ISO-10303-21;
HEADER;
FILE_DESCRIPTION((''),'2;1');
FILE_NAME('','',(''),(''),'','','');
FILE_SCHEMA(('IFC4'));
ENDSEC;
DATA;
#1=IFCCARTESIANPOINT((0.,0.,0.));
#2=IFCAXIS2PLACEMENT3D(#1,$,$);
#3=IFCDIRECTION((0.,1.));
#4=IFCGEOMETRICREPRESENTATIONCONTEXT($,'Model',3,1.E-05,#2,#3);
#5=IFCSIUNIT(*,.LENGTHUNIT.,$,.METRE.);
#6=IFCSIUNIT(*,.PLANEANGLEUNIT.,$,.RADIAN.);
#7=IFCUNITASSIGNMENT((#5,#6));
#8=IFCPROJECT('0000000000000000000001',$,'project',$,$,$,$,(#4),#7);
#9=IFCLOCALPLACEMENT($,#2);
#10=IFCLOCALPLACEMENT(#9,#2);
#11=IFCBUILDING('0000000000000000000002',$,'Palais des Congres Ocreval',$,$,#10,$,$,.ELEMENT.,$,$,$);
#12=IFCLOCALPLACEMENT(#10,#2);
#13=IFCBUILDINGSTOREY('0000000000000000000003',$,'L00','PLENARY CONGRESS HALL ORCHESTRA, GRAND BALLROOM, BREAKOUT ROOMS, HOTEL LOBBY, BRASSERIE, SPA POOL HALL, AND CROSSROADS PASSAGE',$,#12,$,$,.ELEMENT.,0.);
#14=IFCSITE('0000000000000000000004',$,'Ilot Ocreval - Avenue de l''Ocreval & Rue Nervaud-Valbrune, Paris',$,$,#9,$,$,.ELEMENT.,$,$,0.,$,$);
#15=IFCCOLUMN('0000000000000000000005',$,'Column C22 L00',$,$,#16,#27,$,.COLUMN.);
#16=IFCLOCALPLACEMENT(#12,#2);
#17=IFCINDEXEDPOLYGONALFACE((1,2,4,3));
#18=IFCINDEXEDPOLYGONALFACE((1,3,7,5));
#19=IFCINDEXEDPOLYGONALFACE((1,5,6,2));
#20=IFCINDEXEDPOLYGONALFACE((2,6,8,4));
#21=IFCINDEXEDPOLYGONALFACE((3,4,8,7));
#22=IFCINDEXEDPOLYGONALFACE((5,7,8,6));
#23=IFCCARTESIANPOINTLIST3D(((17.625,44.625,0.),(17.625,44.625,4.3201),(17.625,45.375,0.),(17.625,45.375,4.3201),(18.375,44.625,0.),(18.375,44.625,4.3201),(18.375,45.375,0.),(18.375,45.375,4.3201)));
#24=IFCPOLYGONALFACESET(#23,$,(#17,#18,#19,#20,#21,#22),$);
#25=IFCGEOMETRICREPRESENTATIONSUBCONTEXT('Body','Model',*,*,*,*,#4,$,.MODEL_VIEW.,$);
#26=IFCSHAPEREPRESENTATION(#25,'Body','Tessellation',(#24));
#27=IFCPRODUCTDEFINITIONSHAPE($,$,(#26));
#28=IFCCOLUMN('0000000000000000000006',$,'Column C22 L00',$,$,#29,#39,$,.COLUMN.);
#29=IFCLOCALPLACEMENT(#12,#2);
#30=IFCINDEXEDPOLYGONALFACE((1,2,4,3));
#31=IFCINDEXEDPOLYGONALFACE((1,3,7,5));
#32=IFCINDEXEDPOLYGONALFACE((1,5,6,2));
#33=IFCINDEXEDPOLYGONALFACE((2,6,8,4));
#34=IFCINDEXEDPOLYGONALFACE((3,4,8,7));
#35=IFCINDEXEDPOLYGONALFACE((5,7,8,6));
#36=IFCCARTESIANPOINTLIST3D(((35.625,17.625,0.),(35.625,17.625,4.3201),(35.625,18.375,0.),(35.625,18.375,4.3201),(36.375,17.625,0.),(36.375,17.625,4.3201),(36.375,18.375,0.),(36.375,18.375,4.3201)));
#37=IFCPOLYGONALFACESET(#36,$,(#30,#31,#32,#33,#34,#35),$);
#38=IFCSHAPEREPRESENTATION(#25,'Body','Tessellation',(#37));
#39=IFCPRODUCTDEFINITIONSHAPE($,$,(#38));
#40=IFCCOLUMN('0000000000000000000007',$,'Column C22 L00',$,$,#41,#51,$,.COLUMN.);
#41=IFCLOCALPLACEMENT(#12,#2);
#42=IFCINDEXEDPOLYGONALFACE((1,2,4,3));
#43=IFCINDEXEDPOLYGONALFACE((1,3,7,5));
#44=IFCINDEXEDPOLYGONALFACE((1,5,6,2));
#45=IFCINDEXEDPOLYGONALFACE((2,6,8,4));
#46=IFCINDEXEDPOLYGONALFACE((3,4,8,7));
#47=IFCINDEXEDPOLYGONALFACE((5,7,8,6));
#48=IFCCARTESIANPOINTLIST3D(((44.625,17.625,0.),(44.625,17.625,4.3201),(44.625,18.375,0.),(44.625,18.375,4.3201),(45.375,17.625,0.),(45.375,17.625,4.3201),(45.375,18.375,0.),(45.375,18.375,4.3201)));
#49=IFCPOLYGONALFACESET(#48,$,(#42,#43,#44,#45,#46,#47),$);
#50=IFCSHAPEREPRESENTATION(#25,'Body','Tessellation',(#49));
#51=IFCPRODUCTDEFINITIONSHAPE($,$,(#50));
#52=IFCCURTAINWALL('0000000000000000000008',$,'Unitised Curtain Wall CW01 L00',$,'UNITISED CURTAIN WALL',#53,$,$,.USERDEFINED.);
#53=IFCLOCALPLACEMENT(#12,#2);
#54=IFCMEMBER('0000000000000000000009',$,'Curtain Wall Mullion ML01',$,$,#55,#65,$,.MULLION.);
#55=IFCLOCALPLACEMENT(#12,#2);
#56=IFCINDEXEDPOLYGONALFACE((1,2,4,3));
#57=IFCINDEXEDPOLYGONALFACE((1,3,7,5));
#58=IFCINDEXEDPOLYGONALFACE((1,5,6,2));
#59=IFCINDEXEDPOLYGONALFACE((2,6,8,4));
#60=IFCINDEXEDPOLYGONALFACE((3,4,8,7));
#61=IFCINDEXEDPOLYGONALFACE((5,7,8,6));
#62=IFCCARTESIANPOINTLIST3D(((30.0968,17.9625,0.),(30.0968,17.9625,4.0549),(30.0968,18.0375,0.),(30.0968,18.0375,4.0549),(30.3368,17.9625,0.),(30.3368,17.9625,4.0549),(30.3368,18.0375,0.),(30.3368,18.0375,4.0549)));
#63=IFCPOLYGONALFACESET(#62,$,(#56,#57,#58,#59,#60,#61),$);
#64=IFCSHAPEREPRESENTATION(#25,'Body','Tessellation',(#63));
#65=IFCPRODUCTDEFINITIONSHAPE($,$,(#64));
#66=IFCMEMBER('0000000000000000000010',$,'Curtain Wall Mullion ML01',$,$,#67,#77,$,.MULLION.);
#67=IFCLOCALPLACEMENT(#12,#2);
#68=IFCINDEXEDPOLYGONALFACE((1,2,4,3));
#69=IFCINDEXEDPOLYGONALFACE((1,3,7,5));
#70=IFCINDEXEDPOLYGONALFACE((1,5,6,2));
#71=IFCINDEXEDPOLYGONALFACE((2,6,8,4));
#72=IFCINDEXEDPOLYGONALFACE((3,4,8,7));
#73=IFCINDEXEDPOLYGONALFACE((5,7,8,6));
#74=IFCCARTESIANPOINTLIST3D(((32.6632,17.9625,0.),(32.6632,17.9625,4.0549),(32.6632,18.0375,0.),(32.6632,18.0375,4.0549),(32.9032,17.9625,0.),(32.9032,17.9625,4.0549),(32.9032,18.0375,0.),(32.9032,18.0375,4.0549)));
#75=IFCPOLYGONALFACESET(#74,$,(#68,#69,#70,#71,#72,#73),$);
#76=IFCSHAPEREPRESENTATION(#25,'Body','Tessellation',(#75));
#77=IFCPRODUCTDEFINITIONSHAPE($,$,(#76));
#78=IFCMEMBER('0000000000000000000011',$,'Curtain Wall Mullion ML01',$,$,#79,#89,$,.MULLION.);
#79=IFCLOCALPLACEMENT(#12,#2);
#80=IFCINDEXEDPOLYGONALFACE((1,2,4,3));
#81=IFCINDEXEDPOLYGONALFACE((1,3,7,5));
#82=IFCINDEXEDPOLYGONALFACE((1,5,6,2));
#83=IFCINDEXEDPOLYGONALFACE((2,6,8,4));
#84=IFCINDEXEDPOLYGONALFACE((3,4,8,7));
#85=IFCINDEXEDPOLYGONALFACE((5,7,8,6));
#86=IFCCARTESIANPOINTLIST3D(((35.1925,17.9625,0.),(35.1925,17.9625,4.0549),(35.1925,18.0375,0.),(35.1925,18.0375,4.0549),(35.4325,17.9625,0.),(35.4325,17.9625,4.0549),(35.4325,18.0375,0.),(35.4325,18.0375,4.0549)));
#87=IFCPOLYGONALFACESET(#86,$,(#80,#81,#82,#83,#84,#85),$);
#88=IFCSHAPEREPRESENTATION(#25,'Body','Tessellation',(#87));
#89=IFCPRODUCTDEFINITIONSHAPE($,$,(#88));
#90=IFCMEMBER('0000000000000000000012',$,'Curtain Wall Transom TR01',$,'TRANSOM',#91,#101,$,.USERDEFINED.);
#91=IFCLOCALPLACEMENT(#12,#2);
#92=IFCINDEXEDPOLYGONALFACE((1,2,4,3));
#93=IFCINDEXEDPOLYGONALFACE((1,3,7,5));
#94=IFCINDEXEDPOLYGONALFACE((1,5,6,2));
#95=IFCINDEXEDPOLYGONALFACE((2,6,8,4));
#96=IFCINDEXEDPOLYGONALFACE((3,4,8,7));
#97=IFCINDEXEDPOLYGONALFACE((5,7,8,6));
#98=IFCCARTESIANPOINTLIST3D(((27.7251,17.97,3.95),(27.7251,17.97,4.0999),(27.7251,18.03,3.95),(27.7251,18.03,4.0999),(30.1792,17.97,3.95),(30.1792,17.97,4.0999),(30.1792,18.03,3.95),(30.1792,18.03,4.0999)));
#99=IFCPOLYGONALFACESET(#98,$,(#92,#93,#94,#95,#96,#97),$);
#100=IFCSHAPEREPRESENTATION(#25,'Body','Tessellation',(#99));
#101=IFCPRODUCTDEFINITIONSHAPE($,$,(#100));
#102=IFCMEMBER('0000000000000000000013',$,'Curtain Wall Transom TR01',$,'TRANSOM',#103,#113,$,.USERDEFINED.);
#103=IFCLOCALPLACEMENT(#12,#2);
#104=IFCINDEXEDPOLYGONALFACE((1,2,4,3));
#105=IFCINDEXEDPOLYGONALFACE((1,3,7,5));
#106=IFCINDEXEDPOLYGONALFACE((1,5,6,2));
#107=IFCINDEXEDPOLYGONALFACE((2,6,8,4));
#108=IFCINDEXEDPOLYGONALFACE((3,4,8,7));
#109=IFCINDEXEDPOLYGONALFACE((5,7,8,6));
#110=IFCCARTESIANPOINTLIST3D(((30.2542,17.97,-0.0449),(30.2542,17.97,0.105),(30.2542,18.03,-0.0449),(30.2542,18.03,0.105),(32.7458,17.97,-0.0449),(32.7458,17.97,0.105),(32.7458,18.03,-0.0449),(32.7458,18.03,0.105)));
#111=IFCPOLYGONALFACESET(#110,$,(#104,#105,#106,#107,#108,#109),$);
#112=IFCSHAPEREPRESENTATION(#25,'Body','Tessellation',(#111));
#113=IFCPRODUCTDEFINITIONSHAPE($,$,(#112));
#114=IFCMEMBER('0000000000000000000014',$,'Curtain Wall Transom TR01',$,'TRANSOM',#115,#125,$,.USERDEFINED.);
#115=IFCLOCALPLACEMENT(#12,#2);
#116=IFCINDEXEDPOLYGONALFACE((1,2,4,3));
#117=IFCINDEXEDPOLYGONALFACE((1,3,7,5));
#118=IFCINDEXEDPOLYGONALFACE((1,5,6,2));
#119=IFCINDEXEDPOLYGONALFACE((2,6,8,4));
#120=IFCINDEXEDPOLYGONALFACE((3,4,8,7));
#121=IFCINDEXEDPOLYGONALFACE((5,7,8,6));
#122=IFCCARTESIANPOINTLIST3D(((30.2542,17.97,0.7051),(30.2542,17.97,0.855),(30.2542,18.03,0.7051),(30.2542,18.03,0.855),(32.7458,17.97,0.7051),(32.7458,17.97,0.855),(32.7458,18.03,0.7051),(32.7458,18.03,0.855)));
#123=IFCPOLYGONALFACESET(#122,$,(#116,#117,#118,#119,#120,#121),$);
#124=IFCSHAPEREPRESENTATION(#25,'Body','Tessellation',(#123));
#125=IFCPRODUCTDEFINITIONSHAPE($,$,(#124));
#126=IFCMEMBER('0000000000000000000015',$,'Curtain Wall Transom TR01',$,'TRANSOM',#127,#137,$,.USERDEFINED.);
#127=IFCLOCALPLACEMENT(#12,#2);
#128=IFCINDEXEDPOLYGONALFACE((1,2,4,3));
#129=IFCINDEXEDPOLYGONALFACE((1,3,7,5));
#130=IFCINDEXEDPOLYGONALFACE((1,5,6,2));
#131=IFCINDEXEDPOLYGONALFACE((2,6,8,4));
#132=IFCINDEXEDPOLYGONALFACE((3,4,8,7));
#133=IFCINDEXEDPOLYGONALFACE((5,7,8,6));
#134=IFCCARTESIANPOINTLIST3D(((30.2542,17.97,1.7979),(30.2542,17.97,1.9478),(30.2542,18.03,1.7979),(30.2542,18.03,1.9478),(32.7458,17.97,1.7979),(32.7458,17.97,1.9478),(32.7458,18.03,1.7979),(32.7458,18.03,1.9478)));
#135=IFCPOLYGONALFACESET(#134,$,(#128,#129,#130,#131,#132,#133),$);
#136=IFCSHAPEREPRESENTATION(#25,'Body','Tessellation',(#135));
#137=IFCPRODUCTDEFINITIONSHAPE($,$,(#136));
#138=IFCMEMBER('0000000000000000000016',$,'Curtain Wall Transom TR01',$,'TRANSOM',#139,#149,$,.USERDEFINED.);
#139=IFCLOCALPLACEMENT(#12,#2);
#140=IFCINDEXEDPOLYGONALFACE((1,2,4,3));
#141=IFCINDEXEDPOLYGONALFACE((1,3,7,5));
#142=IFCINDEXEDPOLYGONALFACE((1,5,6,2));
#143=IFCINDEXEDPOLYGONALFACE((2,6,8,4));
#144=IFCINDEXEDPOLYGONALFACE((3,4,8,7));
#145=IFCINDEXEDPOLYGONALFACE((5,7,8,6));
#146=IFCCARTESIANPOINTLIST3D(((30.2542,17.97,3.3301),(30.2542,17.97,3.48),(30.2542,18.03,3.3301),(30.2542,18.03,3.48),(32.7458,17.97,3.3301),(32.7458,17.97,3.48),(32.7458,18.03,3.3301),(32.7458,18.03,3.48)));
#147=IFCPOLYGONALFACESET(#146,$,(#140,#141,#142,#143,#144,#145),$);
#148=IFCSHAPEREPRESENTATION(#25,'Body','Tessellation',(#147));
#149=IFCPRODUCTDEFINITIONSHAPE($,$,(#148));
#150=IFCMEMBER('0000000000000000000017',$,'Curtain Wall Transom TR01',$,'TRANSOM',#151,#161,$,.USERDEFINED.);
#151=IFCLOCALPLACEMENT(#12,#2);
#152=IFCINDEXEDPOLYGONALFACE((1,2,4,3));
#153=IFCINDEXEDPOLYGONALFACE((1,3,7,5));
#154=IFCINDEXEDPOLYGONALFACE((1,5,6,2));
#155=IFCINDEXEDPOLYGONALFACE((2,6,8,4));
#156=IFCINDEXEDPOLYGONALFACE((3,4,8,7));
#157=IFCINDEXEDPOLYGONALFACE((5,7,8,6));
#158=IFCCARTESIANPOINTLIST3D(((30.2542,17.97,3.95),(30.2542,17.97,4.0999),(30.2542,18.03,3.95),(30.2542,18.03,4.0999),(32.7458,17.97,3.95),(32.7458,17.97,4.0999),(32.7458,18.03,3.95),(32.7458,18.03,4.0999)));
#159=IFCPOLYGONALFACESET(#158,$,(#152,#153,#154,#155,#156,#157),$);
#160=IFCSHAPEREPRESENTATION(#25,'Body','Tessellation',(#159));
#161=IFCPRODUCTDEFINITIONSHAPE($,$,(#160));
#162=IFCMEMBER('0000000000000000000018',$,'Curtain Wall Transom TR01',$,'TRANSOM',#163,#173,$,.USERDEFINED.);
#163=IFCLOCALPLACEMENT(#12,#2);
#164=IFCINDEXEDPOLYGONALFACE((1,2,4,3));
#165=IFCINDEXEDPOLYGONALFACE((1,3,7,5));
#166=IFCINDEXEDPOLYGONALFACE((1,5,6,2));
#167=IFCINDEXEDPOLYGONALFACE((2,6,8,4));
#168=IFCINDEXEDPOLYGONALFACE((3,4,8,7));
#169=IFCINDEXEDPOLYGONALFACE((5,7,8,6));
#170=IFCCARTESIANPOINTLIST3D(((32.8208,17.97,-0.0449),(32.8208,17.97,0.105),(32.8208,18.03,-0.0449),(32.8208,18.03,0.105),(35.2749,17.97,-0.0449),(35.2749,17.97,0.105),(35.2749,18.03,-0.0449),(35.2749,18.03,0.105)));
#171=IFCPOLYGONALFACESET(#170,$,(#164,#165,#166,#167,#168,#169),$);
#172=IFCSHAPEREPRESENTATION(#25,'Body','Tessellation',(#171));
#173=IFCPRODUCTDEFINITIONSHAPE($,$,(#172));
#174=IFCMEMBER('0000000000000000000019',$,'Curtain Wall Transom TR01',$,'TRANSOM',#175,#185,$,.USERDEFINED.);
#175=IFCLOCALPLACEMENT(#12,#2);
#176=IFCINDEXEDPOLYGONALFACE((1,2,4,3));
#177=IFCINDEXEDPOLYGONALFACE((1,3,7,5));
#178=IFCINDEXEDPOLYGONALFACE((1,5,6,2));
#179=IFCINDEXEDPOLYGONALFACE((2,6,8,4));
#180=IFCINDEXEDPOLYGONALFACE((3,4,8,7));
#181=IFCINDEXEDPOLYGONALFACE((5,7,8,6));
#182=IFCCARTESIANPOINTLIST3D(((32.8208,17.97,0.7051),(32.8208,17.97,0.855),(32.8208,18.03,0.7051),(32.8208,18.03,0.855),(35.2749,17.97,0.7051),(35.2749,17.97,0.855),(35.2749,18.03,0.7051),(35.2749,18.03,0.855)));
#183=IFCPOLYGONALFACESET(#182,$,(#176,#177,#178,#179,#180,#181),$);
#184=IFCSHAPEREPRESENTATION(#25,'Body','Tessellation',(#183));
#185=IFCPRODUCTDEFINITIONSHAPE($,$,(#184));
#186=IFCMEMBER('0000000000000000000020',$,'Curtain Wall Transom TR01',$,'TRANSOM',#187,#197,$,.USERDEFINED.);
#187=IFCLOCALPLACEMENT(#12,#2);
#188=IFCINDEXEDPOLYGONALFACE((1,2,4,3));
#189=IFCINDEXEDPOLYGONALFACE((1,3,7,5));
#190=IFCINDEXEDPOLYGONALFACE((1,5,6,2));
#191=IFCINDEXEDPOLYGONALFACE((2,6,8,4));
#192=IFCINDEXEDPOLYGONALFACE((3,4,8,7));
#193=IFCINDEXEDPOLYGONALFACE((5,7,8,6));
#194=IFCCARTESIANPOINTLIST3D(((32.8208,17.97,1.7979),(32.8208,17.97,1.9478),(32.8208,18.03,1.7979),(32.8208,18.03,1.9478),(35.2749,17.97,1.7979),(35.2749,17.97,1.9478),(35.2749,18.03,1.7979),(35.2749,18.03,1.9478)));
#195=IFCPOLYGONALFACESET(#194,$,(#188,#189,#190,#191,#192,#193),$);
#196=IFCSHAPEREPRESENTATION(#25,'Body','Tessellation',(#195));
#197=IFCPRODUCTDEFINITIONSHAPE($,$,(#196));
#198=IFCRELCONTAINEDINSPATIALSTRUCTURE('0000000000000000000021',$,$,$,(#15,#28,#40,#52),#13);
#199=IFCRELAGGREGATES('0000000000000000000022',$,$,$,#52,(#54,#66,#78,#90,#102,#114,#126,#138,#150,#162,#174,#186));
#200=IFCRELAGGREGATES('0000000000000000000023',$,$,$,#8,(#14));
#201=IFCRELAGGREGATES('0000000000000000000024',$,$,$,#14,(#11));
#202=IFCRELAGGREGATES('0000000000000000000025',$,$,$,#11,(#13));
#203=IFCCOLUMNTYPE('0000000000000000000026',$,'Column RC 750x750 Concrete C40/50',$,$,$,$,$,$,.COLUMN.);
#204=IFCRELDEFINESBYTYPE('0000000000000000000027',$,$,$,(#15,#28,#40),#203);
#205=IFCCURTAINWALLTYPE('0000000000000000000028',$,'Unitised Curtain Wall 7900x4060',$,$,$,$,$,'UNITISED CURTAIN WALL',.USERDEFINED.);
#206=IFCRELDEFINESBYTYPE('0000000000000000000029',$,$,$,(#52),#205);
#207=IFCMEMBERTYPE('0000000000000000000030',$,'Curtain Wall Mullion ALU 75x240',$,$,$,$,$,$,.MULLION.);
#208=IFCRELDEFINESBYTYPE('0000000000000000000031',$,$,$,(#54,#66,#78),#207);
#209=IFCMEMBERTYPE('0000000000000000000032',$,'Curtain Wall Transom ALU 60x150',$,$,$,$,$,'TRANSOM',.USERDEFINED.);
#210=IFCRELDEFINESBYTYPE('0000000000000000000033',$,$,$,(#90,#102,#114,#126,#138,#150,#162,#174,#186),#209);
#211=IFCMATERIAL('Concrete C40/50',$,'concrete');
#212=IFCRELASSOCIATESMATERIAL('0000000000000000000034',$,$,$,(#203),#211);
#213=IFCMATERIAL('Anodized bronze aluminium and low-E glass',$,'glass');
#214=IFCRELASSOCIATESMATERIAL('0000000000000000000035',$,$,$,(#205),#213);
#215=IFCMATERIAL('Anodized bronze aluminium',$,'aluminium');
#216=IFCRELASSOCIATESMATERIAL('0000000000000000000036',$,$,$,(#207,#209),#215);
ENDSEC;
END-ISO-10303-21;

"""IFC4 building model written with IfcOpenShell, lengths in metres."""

from ifc_helpers import new_model, si_unit, direction, frame, origin, origin_2d, place, context, subcontext, project, spatial, rectangle, extrude, material, material_profile, profile_set, type_object, element, aggregate, save


model = new_model("IFC4")

# Units and contexts
model_context = context("Model", 3, precision=1e-05, world=origin(), true_north=direction((0.0, 1.0)))
body_context = subcontext(model_context, "Body", "Model", "MODEL_VIEW")
ifc_project = project(units=[si_unit("LENGTHUNIT", "METRE"), si_unit("PLANEANGLEUNIT", "RADIAN")], contexts=[model_context])

# Site, building, storey
site_placement = place(None, origin())
site = spatial("IfcSite", under=ifc_project, at=site_placement, Name="Ilot Ocreval - Avenue de l'Ocreval & Rue Nervaud-Valbrune, Paris", CompositionType="ELEMENT", RefElevation=0.0)
building_placement = place(site_placement, origin())
building = spatial("IfcBuilding", under=site, at=building_placement, Name="Palais des Congres Ocreval", CompositionType="ELEMENT")
storey_placement = place(building_placement, origin())
storey = spatial("IfcBuildingStorey", under=building, at=storey_placement, Name="L00", Description="PLENARY CONGRESS HALL ORCHESTRA, GRAND BALLROOM, BREAKOUT ROOMS, HOTEL LOBBY, BRASSERIE, SPA POOL HALL, AND CROSSROADS PASSAGE", CompositionType="ELEMENT", Elevation=0.0)

# Columns
ifc_material_1 = material(Name="Concrete C40/50", Category="concrete")
ifc_material_profile_1 = material_profile(ifc_material_1, rectangle(XDim=0.75, YDim=0.75, at=origin_2d()), Name="RC 750x750")
ifc_profile_set_1 = profile_set([ifc_material_profile_1], Name="Concrete C40/50")
column_type = type_object("IfcColumnType", Name="Column RC 750x750 Concrete C40/50", PredefinedType="COLUMN", material=ifc_profile_set_1)
for number, where, z_axis, x_axis, name in (
    (1, (18.0, 45.0, 0.0), (0.0, 0.0, 1.0), (1.0, 0.0, 0.0), "Column C22 L00"),
    (2, (36.0, 18.0, 0.0), (0.0, 0.0, 1.0), (1.0, 0.0, 0.0), "Column C22 L00"),
    (3, (45.0, 18.0, 0.0), (0.0, 0.0, 1.0), (1.0, 0.0, 0.0), "Column C22 L00"),
):
    element("IfcColumn", number, at=place(storey_placement, frame(where, z_axis=z_axis, x_axis=x_axis)), inside=storey, type_object=column_type, Name=name, PredefinedType="COLUMN", context=body_context, shape_type="SweptSolid", body=[
        extrude(rectangle(XDim=0.75, YDim=0.75, at=origin_2d()), origin(), (0.0, 0.0, 1.0), 4.3201),
    ])

# Curtain wall, members
ifc_material_2 = material(Name="Anodized bronze aluminium and low-E glass", Category="glass")
curtain_wall_type = type_object("IfcCurtainWallType", Name="Unitised Curtain Wall 7900x4060", ElementType="UNITISED CURTAIN WALL", PredefinedType="USERDEFINED", material=ifc_material_2)
curtain_wall_placement = place(storey_placement, origin())
curtain_wall = element("IfcCurtainWall", 4, at=curtain_wall_placement, inside=storey, type_object=curtain_wall_type, Name="Unitised Curtain Wall CW01 L00", ObjectType="UNITISED CURTAIN WALL", PredefinedType="USERDEFINED")
ifc_material_3 = material(Name="Anodized bronze aluminium", Category="aluminium")
ifc_material_profile_2 = material_profile(ifc_material_3, rectangle(XDim=0.075, YDim=0.24, at=origin_2d()), Name="ALU 75x240")
ifc_profile_set_2 = profile_set([ifc_material_profile_2], Name="Anodized bronze aluminium")
member_type_1 = type_object("IfcMemberType", Name="Curtain Wall Mullion ALU 75x240", PredefinedType="MULLION", material=ifc_profile_set_2)
member_1_placement = place(storey_placement, frame((30.2168, 18.0, 0.0), z_axis=(0.0, 0.0, 1.0), x_axis=(0.0, 1.0, 0.0)))
member_1 = element("IfcMember", 5, at=member_1_placement, type_object=member_type_1, Name="Curtain Wall Mullion ML01", PredefinedType="MULLION", context=body_context, shape_type="SweptSolid", body=[
    extrude(rectangle(XDim=0.075, YDim=0.24, at=origin_2d()), origin(), (0.0, 0.0, 1.0), 4.0549),
])
member_2_placement = place(storey_placement, frame((32.7832, 18.0, 0.0), z_axis=(0.0, 0.0, 1.0), x_axis=(0.0, 1.0, 0.0)))
member_2 = element("IfcMember", 6, at=member_2_placement, type_object=member_type_1, Name="Curtain Wall Mullion ML01", PredefinedType="MULLION", context=body_context, shape_type="SweptSolid", body=[
    extrude(rectangle(XDim=0.075, YDim=0.24, at=origin_2d()), origin(), (0.0, 0.0, 1.0), 4.0549),
])
member_3_placement = place(storey_placement, frame((35.3125, 18.0, 0.0), z_axis=(0.0, 0.0, 1.0), x_axis=(0.0, 1.0, 0.0)))
member_3 = element("IfcMember", 7, at=member_3_placement, type_object=member_type_1, Name="Curtain Wall Mullion ML01", PredefinedType="MULLION", context=body_context, shape_type="SweptSolid", body=[
    extrude(rectangle(XDim=0.075, YDim=0.24, at=origin_2d()), origin(), (0.0, 0.0, 1.0), 4.0549),
])
ifc_material_profile_3 = material_profile(ifc_material_3, rectangle(XDim=0.0601, YDim=0.1499, at=origin_2d()), Name="ALU 60x150")
ifc_profile_set_3 = profile_set([ifc_material_profile_3], Name="Anodized bronze aluminium")
member_type_2 = type_object("IfcMemberType", Name="Curtain Wall Transom ALU 60x150", ElementType="TRANSOM", PredefinedType="USERDEFINED", material=ifc_profile_set_3)
member_4_placement = place(storey_placement, frame((27.7251, 18.0, 4.0249), z_axis=(1.0, 0.0, 0.0), x_axis=(0.0, 1.0, 0.0)))
member_4 = element("IfcMember", 8, at=member_4_placement, type_object=member_type_2, Name="Curtain Wall Transom TR01", ObjectType="TRANSOM", PredefinedType="USERDEFINED", context=body_context, shape_type="SweptSolid", body=[
    extrude(rectangle(XDim=0.0601, YDim=0.1499, at=origin_2d()), origin(), (0.0, 0.0, 1.0), 2.4541),
])
member_5_placement = place(storey_placement, frame((30.2542, 18.0, 0.03), z_axis=(1.0, 0.0, 0.0), x_axis=(0.0, 1.0, 0.0)))
member_5 = element("IfcMember", 9, at=member_5_placement, type_object=member_type_2, Name="Curtain Wall Transom TR01", ObjectType="TRANSOM", PredefinedType="USERDEFINED", context=body_context, shape_type="SweptSolid", body=[
    extrude(rectangle(XDim=0.0601, YDim=0.1499, at=origin_2d()), origin(), (0.0, 0.0, 1.0), 2.4917),
])
member_6_placement = place(storey_placement, frame((30.2542, 18.0, 0.78), z_axis=(1.0, 0.0, 0.0), x_axis=(0.0, 1.0, 0.0)))
member_6 = element("IfcMember", 10, at=member_6_placement, type_object=member_type_2, Name="Curtain Wall Transom TR01", ObjectType="TRANSOM", PredefinedType="USERDEFINED", context=body_context, shape_type="SweptSolid", body=[
    extrude(rectangle(XDim=0.0601, YDim=0.1499, at=origin_2d()), origin(), (0.0, 0.0, 1.0), 2.4917),
])
member_7_placement = place(storey_placement, frame((30.2542, 18.0, 1.8728), z_axis=(1.0, 0.0, 0.0), x_axis=(0.0, 1.0, 0.0)))
member_7 = element("IfcMember", 11, at=member_7_placement, type_object=member_type_2, Name="Curtain Wall Transom TR01", ObjectType="TRANSOM", PredefinedType="USERDEFINED", context=body_context, shape_type="SweptSolid", body=[
    extrude(rectangle(XDim=0.0601, YDim=0.1499, at=origin_2d()), origin(), (0.0, 0.0, 1.0), 2.4917),
])
member_8_placement = place(storey_placement, frame((30.2542, 18.0, 3.405), z_axis=(1.0, 0.0, 0.0), x_axis=(0.0, 1.0, 0.0)))
member_8 = element("IfcMember", 12, at=member_8_placement, type_object=member_type_2, Name="Curtain Wall Transom TR01", ObjectType="TRANSOM", PredefinedType="USERDEFINED", context=body_context, shape_type="SweptSolid", body=[
    extrude(rectangle(XDim=0.0601, YDim=0.1499, at=origin_2d()), origin(), (0.0, 0.0, 1.0), 2.4917),
])
member_9_placement = place(storey_placement, frame((30.2542, 18.0, 4.0249), z_axis=(1.0, 0.0, 0.0), x_axis=(0.0, 1.0, 0.0)))
member_9 = element("IfcMember", 13, at=member_9_placement, type_object=member_type_2, Name="Curtain Wall Transom TR01", ObjectType="TRANSOM", PredefinedType="USERDEFINED", context=body_context, shape_type="SweptSolid", body=[
    extrude(rectangle(XDim=0.0601, YDim=0.1499, at=origin_2d()), origin(), (0.0, 0.0, 1.0), 2.4917),
])
member_10_placement = place(storey_placement, frame((32.8208, 18.0, 0.03), z_axis=(1.0, 0.0, 0.0), x_axis=(0.0, 1.0, 0.0)))
member_10 = element("IfcMember", 14, at=member_10_placement, type_object=member_type_2, Name="Curtain Wall Transom TR01", ObjectType="TRANSOM", PredefinedType="USERDEFINED", context=body_context, shape_type="SweptSolid", body=[
    extrude(rectangle(XDim=0.0601, YDim=0.1499, at=origin_2d()), origin(), (0.0, 0.0, 1.0), 2.4541),
])
member_11_placement = place(storey_placement, frame((32.8208, 18.0, 0.78), z_axis=(1.0, 0.0, 0.0), x_axis=(0.0, 1.0, 0.0)))
member_11 = element("IfcMember", 15, at=member_11_placement, type_object=member_type_2, Name="Curtain Wall Transom TR01", ObjectType="TRANSOM", PredefinedType="USERDEFINED", context=body_context, shape_type="SweptSolid", body=[
    extrude(rectangle(XDim=0.0601, YDim=0.1499, at=origin_2d()), origin(), (0.0, 0.0, 1.0), 2.4541),
])
member_12_placement = place(storey_placement, frame((32.8208, 18.0, 1.8728), z_axis=(1.0, 0.0, 0.0), x_axis=(0.0, 1.0, 0.0)))
member_12 = element("IfcMember", 16, at=member_12_placement, type_object=member_type_2, Name="Curtain Wall Transom TR01", ObjectType="TRANSOM", PredefinedType="USERDEFINED", context=body_context, shape_type="SweptSolid", body=[
    extrude(rectangle(XDim=0.0601, YDim=0.1499, at=origin_2d()), origin(), (0.0, 0.0, 1.0), 2.4541),
])

aggregate(curtain_wall, [member_1, member_2, member_3, member_4, member_5, member_6, member_7, member_8, member_9, member_10, member_11, member_12])

save(model, "model.ifc")
